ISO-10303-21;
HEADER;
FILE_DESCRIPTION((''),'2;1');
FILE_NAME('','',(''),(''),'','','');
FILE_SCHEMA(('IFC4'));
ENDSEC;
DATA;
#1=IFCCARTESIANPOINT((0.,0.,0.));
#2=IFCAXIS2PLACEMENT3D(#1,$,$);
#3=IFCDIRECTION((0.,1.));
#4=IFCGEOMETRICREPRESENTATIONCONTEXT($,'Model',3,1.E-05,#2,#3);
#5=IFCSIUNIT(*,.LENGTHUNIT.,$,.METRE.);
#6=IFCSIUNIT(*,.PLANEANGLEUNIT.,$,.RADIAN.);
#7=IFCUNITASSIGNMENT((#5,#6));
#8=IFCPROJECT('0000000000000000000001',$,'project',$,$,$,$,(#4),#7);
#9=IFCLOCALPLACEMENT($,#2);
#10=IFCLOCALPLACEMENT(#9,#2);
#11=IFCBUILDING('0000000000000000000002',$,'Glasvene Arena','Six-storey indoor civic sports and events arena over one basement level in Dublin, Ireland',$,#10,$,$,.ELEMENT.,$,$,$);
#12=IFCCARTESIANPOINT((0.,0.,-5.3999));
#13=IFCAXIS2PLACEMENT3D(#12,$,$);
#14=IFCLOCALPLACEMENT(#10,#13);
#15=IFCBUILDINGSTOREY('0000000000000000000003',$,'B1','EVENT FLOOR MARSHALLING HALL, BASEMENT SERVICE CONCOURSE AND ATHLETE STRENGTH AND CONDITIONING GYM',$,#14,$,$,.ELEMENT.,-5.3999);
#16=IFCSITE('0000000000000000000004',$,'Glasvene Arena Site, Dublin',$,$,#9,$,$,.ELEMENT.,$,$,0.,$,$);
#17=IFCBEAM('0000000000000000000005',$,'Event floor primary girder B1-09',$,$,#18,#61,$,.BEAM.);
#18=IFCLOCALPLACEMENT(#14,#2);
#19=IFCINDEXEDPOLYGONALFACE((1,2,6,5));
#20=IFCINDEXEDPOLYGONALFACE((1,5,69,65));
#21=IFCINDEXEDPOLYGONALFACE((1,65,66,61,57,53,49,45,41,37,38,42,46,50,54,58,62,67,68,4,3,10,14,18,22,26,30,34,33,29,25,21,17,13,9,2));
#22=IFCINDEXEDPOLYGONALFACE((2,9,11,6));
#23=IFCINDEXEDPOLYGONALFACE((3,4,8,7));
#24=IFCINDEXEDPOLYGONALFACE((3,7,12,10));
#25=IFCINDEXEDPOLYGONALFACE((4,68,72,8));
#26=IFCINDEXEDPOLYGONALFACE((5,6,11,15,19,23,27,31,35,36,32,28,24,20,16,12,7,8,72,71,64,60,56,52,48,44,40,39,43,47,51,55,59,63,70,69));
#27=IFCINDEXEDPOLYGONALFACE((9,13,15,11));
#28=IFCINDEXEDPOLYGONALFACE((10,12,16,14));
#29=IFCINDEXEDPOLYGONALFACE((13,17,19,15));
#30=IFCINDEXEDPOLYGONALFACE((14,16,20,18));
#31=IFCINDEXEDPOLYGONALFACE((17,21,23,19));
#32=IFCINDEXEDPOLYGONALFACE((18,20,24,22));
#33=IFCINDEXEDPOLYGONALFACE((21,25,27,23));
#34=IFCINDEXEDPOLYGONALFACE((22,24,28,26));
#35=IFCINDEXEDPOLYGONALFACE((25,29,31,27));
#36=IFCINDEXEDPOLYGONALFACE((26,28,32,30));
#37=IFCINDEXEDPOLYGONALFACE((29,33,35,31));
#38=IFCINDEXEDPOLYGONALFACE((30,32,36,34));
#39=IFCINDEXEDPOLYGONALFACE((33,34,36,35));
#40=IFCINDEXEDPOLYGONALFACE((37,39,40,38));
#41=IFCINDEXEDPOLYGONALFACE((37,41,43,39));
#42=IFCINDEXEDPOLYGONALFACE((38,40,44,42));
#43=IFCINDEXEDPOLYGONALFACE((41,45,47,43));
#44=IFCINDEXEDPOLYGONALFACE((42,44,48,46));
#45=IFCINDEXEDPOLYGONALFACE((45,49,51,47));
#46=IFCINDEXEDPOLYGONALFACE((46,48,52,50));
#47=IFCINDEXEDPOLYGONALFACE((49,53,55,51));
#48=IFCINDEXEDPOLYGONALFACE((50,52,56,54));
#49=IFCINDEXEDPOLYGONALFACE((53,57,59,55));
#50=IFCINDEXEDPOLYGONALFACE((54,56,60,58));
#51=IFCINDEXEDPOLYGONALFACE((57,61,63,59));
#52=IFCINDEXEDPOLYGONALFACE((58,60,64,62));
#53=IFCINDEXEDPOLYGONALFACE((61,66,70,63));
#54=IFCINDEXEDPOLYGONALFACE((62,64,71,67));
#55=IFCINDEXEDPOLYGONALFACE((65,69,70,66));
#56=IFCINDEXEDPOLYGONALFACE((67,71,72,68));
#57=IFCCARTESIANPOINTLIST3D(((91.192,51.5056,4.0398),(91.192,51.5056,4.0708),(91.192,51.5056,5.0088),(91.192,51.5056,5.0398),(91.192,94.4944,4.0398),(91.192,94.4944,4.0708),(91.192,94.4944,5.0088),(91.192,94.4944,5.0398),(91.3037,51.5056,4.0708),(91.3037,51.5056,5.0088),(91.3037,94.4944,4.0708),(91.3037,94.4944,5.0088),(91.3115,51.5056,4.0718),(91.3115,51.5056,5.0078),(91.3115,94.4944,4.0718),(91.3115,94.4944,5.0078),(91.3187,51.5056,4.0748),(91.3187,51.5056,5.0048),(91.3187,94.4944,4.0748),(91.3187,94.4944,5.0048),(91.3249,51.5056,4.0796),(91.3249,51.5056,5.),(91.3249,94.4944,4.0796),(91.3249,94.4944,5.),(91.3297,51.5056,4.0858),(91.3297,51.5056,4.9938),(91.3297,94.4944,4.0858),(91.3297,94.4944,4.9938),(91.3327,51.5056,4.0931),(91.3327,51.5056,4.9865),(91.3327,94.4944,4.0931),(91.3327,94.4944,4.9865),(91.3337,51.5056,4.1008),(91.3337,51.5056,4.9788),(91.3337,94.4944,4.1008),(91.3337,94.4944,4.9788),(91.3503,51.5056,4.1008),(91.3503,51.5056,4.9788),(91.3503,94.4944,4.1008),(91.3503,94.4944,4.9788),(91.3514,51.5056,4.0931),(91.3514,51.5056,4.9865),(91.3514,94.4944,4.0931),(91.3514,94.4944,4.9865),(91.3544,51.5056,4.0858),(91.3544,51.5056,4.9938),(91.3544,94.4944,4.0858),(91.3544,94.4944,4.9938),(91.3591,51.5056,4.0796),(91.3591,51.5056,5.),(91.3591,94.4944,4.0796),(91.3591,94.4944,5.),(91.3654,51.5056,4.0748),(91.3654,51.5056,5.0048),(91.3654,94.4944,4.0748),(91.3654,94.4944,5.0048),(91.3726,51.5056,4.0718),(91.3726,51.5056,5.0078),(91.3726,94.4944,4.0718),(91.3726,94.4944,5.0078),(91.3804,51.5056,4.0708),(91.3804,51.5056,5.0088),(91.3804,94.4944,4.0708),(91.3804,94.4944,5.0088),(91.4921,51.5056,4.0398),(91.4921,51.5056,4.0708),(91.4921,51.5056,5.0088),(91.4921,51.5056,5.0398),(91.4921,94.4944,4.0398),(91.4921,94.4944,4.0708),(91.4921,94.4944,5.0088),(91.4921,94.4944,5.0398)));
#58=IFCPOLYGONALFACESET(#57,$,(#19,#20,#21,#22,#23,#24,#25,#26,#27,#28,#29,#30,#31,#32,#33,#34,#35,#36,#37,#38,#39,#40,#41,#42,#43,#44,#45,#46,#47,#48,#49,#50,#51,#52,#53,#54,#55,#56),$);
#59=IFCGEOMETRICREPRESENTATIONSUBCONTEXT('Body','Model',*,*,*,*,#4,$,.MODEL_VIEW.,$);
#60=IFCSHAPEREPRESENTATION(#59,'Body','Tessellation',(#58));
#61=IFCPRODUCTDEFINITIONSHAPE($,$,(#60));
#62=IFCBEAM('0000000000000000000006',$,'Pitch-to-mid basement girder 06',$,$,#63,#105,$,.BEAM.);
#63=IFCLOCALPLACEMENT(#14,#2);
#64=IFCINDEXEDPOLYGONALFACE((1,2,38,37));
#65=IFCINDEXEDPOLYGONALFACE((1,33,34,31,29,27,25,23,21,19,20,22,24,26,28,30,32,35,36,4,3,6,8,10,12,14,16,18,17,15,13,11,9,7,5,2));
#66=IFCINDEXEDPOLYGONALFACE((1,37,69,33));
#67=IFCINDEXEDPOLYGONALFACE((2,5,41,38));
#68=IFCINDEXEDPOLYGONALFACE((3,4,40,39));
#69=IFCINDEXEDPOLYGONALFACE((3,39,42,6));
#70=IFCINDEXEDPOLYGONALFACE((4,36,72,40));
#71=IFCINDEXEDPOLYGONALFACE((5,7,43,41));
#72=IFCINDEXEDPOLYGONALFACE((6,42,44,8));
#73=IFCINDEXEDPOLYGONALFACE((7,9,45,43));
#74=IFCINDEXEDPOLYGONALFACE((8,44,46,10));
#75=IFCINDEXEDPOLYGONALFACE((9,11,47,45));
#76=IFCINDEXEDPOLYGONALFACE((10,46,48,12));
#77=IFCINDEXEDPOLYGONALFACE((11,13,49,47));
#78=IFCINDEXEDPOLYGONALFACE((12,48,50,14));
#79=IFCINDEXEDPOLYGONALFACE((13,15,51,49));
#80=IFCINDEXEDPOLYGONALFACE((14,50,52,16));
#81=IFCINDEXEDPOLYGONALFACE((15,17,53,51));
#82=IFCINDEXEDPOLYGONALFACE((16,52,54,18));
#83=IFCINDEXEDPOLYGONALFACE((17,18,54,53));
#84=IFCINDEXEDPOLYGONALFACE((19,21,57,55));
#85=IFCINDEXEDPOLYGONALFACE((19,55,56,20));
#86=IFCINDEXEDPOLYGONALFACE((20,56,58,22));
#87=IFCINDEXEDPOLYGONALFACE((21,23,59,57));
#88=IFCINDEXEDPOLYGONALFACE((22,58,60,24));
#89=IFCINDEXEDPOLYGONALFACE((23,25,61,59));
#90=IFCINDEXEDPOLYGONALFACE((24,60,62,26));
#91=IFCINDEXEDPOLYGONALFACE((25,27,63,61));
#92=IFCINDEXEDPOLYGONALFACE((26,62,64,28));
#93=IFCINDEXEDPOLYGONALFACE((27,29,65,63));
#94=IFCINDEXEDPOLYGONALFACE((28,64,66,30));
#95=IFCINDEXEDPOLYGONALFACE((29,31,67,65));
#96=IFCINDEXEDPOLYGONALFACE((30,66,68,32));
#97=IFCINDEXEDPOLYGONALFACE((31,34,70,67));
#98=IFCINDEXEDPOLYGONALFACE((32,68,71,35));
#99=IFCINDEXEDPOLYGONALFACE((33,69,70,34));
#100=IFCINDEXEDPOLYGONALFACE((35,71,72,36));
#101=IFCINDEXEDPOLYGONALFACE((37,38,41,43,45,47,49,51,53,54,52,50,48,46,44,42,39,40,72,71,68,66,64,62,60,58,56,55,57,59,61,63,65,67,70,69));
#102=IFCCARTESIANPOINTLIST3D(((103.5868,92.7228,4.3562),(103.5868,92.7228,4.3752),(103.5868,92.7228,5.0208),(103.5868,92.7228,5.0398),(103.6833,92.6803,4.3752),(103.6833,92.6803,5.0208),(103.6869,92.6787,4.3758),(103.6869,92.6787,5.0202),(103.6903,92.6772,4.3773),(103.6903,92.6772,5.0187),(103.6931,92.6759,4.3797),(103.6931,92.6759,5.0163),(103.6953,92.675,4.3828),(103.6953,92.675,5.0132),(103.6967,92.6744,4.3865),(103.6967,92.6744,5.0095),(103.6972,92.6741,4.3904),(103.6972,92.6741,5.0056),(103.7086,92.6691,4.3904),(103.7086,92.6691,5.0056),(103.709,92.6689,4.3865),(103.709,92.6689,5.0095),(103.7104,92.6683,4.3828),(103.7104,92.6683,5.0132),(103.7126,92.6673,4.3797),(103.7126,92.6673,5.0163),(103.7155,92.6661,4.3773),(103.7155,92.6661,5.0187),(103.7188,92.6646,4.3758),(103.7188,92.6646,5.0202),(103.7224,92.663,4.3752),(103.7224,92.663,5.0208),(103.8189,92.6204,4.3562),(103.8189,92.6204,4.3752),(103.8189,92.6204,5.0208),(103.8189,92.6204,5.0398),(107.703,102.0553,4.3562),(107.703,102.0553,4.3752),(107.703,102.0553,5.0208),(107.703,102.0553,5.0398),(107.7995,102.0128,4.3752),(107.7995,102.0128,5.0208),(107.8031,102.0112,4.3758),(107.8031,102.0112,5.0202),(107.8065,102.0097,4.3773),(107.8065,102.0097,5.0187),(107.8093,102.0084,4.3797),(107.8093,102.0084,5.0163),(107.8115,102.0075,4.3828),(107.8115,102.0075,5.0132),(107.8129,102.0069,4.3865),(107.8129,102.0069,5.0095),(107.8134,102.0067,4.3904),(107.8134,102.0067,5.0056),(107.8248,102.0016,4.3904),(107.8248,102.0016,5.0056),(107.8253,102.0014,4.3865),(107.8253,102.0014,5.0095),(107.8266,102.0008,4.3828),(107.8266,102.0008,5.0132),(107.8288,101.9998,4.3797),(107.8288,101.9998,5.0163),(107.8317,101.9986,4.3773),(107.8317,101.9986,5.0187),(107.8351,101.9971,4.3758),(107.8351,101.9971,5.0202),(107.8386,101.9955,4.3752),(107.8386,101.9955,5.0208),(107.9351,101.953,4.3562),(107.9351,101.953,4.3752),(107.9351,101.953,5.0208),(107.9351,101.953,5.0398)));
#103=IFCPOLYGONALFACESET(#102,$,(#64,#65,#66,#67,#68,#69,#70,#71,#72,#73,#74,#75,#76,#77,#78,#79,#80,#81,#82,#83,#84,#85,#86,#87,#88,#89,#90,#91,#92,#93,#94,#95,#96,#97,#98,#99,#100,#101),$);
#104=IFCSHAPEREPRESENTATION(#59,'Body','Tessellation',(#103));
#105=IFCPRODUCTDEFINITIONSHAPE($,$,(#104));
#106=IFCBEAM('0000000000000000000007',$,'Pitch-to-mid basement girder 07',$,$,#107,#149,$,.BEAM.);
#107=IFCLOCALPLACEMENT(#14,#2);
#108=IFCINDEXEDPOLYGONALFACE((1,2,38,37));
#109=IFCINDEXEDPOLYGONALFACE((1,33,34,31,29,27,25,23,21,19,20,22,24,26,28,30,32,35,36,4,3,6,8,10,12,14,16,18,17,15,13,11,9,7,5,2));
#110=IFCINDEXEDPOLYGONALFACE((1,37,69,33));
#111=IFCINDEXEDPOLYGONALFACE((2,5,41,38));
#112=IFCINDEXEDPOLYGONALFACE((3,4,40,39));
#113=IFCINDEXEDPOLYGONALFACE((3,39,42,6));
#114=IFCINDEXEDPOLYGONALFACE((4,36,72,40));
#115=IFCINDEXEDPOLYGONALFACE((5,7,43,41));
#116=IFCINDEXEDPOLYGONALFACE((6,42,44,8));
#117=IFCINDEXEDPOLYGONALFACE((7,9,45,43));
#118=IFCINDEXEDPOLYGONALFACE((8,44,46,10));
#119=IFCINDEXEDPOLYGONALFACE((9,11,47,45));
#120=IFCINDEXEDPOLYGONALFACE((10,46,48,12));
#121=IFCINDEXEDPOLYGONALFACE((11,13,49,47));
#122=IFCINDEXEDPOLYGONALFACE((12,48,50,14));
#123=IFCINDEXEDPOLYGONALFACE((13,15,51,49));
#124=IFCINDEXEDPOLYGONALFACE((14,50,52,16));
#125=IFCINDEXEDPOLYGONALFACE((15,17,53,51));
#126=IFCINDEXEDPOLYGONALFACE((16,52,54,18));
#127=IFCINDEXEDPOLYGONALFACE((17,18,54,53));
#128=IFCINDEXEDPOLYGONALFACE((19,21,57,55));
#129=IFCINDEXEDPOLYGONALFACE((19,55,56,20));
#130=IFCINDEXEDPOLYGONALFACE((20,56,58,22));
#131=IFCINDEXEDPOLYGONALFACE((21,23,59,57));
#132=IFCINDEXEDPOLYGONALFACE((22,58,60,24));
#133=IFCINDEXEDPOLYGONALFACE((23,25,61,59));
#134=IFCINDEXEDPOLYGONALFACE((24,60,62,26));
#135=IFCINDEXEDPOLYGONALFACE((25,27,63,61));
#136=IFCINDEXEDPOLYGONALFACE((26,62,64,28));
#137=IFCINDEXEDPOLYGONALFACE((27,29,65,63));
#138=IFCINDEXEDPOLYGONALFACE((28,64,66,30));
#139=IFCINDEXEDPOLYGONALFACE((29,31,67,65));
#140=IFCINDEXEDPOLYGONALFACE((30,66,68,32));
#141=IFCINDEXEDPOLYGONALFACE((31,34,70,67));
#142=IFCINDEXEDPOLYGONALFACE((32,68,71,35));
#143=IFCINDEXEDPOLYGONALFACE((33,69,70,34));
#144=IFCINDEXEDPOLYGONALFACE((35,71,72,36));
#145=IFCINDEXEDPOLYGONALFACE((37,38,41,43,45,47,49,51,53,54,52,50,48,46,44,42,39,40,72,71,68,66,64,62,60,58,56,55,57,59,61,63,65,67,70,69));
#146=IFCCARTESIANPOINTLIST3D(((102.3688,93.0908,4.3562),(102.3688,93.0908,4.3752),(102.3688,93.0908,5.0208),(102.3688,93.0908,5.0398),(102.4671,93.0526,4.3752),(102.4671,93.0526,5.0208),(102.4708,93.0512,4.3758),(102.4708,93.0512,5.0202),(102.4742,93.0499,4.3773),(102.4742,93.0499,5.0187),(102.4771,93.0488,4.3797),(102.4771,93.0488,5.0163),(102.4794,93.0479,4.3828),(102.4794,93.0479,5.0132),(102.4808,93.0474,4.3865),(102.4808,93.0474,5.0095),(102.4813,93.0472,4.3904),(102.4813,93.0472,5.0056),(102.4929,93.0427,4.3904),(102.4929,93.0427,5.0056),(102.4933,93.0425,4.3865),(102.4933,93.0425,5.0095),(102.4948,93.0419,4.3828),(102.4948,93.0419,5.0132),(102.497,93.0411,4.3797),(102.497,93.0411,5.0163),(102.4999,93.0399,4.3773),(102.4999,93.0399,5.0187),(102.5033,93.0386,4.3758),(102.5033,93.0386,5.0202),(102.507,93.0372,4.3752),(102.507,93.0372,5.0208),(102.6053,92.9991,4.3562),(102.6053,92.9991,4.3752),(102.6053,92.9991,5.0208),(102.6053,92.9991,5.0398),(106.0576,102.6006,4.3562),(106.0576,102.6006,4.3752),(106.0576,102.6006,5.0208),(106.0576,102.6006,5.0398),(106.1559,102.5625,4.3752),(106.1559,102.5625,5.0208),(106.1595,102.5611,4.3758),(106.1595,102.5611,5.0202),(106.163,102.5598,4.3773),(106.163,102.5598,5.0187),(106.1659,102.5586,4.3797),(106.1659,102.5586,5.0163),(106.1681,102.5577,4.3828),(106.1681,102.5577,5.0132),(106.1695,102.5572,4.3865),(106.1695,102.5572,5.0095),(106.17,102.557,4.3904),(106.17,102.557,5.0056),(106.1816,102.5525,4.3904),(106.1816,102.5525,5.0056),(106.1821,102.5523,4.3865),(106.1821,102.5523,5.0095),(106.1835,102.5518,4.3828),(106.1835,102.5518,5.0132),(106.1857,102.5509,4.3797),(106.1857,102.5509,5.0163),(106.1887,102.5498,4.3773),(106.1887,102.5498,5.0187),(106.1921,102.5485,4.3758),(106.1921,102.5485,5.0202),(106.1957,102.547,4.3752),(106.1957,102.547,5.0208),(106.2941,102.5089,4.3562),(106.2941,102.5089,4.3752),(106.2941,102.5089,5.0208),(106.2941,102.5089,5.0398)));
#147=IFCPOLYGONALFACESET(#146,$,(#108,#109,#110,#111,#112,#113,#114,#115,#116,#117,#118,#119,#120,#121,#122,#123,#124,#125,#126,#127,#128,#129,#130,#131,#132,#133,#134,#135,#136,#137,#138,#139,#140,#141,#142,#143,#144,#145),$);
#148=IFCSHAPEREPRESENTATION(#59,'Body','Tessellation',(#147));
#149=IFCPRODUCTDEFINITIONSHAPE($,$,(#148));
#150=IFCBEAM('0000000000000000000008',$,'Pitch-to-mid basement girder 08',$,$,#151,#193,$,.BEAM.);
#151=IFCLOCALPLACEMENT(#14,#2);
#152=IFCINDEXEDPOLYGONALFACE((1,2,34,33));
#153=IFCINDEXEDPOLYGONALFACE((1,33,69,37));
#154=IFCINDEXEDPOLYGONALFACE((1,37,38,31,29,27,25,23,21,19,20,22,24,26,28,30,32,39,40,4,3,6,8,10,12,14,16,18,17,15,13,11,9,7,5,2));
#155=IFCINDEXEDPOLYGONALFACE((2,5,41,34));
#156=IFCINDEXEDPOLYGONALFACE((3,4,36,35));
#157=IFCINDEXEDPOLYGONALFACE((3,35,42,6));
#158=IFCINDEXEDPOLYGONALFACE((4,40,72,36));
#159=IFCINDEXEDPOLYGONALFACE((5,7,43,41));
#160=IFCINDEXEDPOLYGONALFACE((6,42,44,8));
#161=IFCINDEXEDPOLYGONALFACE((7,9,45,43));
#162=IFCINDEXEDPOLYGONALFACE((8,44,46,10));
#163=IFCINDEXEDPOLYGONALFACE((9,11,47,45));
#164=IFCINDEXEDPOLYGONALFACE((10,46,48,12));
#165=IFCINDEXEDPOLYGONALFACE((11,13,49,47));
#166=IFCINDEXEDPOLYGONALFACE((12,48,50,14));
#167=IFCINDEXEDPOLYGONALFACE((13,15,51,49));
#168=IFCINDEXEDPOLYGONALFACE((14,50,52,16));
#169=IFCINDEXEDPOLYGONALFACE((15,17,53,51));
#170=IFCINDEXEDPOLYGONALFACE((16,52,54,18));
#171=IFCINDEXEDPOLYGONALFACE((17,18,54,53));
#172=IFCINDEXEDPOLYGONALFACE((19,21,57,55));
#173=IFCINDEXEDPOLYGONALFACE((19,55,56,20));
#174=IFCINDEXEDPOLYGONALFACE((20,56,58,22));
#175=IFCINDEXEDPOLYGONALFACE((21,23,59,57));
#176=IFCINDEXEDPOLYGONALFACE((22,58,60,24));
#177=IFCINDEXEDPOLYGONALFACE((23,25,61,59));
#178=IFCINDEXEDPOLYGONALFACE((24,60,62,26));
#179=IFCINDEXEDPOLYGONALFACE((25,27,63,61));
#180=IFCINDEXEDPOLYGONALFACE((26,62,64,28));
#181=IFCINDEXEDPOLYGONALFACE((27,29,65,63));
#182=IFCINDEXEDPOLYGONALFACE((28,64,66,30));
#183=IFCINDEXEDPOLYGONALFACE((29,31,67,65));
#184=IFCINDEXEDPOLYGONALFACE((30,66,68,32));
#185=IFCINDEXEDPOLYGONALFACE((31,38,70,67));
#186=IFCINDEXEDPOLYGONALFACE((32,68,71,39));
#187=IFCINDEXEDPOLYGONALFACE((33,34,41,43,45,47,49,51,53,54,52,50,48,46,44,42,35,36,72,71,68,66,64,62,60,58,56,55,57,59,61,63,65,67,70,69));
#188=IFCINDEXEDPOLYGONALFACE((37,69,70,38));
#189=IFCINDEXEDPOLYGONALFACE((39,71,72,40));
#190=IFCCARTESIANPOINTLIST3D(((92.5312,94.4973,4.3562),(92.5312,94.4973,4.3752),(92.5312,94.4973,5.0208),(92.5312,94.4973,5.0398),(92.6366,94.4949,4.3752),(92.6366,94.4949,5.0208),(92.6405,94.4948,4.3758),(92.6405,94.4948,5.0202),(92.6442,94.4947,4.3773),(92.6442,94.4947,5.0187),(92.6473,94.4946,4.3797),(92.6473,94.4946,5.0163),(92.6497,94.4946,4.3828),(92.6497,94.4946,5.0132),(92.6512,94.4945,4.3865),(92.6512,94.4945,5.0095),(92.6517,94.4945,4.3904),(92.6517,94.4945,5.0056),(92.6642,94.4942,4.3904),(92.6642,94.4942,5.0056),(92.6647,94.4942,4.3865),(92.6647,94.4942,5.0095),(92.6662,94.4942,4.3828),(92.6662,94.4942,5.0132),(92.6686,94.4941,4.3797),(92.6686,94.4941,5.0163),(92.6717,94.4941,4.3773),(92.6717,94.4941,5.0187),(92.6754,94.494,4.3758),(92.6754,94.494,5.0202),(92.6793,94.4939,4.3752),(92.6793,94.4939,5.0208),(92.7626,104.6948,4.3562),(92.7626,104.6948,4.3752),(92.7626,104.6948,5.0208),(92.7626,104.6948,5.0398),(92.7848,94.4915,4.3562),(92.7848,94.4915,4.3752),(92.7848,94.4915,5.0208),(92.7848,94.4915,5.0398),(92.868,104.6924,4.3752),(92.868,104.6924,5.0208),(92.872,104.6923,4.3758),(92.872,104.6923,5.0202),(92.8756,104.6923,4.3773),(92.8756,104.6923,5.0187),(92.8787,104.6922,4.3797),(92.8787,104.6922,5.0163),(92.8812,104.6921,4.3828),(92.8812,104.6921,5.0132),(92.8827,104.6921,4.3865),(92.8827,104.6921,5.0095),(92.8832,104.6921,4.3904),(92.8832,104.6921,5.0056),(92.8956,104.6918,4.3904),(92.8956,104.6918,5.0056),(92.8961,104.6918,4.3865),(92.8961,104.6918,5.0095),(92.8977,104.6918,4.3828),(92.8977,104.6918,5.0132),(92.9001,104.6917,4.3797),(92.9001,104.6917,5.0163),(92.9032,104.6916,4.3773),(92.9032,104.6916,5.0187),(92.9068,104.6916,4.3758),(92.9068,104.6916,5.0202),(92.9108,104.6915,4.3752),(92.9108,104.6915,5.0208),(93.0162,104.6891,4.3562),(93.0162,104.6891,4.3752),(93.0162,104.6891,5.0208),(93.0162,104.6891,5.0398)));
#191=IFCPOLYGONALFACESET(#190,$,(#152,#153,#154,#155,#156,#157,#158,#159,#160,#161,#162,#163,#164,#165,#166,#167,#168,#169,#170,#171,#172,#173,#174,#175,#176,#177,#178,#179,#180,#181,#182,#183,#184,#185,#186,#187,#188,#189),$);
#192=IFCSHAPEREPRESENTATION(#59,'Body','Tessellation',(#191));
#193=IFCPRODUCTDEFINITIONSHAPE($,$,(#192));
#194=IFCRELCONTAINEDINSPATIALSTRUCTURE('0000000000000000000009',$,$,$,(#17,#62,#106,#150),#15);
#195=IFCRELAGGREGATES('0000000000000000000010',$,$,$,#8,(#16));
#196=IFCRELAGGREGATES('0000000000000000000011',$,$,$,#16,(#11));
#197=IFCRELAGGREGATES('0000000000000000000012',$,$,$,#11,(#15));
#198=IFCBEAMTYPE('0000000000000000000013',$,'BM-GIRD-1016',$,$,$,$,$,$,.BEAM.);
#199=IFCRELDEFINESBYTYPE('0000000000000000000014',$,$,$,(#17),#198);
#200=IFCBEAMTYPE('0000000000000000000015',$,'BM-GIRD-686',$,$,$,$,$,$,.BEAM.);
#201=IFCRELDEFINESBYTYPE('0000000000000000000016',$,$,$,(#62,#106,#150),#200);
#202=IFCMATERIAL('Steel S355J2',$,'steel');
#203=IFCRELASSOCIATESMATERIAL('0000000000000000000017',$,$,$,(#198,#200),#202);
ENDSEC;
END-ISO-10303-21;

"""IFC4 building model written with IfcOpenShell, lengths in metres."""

from ifc_helpers import new_model, si_unit, direction, frame, origin, origin_2d, place, context, subcontext, project, spatial, i_section, extrude, material, material_profile, profile_set, type_object, element, save


model = new_model("IFC4")

# Units and contexts
model_context = context("Model", 3, precision=1e-05, world=origin(), true_north=direction((0.0, 1.0)))
body_context = subcontext(model_context, "Body", "Model", "MODEL_VIEW")
ifc_project = project(units=[si_unit("LENGTHUNIT", "METRE"), si_unit("PLANEANGLEUNIT", "RADIAN")], contexts=[model_context])

# Site, building, storey
site_placement = place(None, origin())
site = spatial("IfcSite", under=ifc_project, at=site_placement, Name="Glasvene Arena Site, Dublin", CompositionType="ELEMENT", RefElevation=0.0)
building_placement = place(site_placement, origin())
building = spatial("IfcBuilding", under=site, at=building_placement, Name="Glasvene Arena", Description="Six-storey indoor civic sports and events arena over one basement level in Dublin, Ireland", CompositionType="ELEMENT")
storey_placement = place(building_placement, frame((0.0, 0.0, -5.3999)))
storey = spatial("IfcBuildingStorey", under=building, at=storey_placement, Name="B1", Description="EVENT FLOOR MARSHALLING HALL, BASEMENT SERVICE CONCOURSE AND ATHLETE STRENGTH AND CONDITIONING GYM", CompositionType="ELEMENT", Elevation=-5.3999)

# Beams
ifc_material_1 = material(Name="Steel S355J2", Category="steel")
ifc_material_profile_1 = material_profile(ifc_material_1, i_section(OverallWidth=0.3, OverallDepth=1.0, WebThickness=0.0166, FlangeThickness=0.031, FilletRadius=0.03, at=origin_2d()), Name="UKB 1016x305x272")
ifc_profile_set_1 = profile_set([ifc_material_profile_1], Name="Steel S355J2")
beam_type_1 = type_object("IfcBeamType", Name="BM-GIRD-1016", PredefinedType="BEAM", material=ifc_profile_set_1)
for number, where, z_axis, x_axis, name in (
    (1, (91.342, 94.4944, 4.5398), (0.0, -1.0, 0.0), (1.0, 0.0, 0.0), "Event floor primary girder B1-09"),
):
    element("IfcBeam", number, at=place(storey_placement, frame(where, z_axis=z_axis, x_axis=x_axis)), inside=storey, type_object=beam_type_1, Name=name, PredefinedType="BEAM", context=body_context, shape_type="SweptSolid", body=[
        extrude(i_section(OverallWidth=0.3, OverallDepth=1.0, WebThickness=0.0166, FlangeThickness=0.031, FilletRadius=0.03, at=origin_2d()), origin(), (0.0, 0.0, 1.0), 42.9888),
    ])
ifc_material_profile_2 = material_profile(ifc_material_1, i_section(OverallWidth=0.2537, OverallDepth=0.6836, WebThickness=0.0125, FlangeThickness=0.019, FilletRadius=0.0151, at=origin_2d()), Name="UKB 686x254x140")
ifc_profile_set_2 = profile_set([ifc_material_profile_2], Name="Steel S355J2")
beam_type_2 = type_object("IfcBeamType", Name="BM-GIRD-686", PredefinedType="BEAM", material=ifc_profile_set_2)
beam_1_placement = place(storey_placement, frame((103.7029, 92.6716, 4.698), z_axis=(0.403552, 0.914957, 0.0), x_axis=(-0.914957, 0.403552, 0.0)))
element("IfcBeam", 2, at=beam_1_placement, inside=storey, type_object=beam_type_2, Name="Pitch-to-mid basement girder 06", PredefinedType="BEAM", context=body_context, shape_type="SweptSolid", body=[
    extrude(i_section(OverallWidth=0.2537, OverallDepth=0.6836, WebThickness=0.0125, FlangeThickness=0.019, FilletRadius=0.0151, at=origin_2d()), origin(), (0.0, 0.0, 1.0), 10.2),
])
for number, where, z_axis, x_axis, name in (
    (3, (102.4871, 93.0449, 4.698), (0.361635, 0.93232, 0.0), (-0.93232, 0.361635, 0.0), "Pitch-to-mid basement girder 07"),
    (4, (92.658, 94.4944, 4.698), (0.02269, 0.999743, 0.0), (-0.999743, 0.02269, 0.0), "Pitch-to-mid basement girder 08"),
):
    element("IfcBeam", number, at=place(storey_placement, frame(where, z_axis=z_axis, x_axis=x_axis)), inside=storey, type_object=beam_type_2, Name=name, PredefinedType="BEAM", context=body_context, shape_type="SweptSolid", body=[
        extrude(i_section(OverallWidth=0.2537, OverallDepth=0.6836, WebThickness=0.0125, FlangeThickness=0.019, FilletRadius=0.0151, at=origin_2d()), origin(), (0.0, 0.0, 1.0), 10.2002),
    ])

save(model, "model.ifc")
